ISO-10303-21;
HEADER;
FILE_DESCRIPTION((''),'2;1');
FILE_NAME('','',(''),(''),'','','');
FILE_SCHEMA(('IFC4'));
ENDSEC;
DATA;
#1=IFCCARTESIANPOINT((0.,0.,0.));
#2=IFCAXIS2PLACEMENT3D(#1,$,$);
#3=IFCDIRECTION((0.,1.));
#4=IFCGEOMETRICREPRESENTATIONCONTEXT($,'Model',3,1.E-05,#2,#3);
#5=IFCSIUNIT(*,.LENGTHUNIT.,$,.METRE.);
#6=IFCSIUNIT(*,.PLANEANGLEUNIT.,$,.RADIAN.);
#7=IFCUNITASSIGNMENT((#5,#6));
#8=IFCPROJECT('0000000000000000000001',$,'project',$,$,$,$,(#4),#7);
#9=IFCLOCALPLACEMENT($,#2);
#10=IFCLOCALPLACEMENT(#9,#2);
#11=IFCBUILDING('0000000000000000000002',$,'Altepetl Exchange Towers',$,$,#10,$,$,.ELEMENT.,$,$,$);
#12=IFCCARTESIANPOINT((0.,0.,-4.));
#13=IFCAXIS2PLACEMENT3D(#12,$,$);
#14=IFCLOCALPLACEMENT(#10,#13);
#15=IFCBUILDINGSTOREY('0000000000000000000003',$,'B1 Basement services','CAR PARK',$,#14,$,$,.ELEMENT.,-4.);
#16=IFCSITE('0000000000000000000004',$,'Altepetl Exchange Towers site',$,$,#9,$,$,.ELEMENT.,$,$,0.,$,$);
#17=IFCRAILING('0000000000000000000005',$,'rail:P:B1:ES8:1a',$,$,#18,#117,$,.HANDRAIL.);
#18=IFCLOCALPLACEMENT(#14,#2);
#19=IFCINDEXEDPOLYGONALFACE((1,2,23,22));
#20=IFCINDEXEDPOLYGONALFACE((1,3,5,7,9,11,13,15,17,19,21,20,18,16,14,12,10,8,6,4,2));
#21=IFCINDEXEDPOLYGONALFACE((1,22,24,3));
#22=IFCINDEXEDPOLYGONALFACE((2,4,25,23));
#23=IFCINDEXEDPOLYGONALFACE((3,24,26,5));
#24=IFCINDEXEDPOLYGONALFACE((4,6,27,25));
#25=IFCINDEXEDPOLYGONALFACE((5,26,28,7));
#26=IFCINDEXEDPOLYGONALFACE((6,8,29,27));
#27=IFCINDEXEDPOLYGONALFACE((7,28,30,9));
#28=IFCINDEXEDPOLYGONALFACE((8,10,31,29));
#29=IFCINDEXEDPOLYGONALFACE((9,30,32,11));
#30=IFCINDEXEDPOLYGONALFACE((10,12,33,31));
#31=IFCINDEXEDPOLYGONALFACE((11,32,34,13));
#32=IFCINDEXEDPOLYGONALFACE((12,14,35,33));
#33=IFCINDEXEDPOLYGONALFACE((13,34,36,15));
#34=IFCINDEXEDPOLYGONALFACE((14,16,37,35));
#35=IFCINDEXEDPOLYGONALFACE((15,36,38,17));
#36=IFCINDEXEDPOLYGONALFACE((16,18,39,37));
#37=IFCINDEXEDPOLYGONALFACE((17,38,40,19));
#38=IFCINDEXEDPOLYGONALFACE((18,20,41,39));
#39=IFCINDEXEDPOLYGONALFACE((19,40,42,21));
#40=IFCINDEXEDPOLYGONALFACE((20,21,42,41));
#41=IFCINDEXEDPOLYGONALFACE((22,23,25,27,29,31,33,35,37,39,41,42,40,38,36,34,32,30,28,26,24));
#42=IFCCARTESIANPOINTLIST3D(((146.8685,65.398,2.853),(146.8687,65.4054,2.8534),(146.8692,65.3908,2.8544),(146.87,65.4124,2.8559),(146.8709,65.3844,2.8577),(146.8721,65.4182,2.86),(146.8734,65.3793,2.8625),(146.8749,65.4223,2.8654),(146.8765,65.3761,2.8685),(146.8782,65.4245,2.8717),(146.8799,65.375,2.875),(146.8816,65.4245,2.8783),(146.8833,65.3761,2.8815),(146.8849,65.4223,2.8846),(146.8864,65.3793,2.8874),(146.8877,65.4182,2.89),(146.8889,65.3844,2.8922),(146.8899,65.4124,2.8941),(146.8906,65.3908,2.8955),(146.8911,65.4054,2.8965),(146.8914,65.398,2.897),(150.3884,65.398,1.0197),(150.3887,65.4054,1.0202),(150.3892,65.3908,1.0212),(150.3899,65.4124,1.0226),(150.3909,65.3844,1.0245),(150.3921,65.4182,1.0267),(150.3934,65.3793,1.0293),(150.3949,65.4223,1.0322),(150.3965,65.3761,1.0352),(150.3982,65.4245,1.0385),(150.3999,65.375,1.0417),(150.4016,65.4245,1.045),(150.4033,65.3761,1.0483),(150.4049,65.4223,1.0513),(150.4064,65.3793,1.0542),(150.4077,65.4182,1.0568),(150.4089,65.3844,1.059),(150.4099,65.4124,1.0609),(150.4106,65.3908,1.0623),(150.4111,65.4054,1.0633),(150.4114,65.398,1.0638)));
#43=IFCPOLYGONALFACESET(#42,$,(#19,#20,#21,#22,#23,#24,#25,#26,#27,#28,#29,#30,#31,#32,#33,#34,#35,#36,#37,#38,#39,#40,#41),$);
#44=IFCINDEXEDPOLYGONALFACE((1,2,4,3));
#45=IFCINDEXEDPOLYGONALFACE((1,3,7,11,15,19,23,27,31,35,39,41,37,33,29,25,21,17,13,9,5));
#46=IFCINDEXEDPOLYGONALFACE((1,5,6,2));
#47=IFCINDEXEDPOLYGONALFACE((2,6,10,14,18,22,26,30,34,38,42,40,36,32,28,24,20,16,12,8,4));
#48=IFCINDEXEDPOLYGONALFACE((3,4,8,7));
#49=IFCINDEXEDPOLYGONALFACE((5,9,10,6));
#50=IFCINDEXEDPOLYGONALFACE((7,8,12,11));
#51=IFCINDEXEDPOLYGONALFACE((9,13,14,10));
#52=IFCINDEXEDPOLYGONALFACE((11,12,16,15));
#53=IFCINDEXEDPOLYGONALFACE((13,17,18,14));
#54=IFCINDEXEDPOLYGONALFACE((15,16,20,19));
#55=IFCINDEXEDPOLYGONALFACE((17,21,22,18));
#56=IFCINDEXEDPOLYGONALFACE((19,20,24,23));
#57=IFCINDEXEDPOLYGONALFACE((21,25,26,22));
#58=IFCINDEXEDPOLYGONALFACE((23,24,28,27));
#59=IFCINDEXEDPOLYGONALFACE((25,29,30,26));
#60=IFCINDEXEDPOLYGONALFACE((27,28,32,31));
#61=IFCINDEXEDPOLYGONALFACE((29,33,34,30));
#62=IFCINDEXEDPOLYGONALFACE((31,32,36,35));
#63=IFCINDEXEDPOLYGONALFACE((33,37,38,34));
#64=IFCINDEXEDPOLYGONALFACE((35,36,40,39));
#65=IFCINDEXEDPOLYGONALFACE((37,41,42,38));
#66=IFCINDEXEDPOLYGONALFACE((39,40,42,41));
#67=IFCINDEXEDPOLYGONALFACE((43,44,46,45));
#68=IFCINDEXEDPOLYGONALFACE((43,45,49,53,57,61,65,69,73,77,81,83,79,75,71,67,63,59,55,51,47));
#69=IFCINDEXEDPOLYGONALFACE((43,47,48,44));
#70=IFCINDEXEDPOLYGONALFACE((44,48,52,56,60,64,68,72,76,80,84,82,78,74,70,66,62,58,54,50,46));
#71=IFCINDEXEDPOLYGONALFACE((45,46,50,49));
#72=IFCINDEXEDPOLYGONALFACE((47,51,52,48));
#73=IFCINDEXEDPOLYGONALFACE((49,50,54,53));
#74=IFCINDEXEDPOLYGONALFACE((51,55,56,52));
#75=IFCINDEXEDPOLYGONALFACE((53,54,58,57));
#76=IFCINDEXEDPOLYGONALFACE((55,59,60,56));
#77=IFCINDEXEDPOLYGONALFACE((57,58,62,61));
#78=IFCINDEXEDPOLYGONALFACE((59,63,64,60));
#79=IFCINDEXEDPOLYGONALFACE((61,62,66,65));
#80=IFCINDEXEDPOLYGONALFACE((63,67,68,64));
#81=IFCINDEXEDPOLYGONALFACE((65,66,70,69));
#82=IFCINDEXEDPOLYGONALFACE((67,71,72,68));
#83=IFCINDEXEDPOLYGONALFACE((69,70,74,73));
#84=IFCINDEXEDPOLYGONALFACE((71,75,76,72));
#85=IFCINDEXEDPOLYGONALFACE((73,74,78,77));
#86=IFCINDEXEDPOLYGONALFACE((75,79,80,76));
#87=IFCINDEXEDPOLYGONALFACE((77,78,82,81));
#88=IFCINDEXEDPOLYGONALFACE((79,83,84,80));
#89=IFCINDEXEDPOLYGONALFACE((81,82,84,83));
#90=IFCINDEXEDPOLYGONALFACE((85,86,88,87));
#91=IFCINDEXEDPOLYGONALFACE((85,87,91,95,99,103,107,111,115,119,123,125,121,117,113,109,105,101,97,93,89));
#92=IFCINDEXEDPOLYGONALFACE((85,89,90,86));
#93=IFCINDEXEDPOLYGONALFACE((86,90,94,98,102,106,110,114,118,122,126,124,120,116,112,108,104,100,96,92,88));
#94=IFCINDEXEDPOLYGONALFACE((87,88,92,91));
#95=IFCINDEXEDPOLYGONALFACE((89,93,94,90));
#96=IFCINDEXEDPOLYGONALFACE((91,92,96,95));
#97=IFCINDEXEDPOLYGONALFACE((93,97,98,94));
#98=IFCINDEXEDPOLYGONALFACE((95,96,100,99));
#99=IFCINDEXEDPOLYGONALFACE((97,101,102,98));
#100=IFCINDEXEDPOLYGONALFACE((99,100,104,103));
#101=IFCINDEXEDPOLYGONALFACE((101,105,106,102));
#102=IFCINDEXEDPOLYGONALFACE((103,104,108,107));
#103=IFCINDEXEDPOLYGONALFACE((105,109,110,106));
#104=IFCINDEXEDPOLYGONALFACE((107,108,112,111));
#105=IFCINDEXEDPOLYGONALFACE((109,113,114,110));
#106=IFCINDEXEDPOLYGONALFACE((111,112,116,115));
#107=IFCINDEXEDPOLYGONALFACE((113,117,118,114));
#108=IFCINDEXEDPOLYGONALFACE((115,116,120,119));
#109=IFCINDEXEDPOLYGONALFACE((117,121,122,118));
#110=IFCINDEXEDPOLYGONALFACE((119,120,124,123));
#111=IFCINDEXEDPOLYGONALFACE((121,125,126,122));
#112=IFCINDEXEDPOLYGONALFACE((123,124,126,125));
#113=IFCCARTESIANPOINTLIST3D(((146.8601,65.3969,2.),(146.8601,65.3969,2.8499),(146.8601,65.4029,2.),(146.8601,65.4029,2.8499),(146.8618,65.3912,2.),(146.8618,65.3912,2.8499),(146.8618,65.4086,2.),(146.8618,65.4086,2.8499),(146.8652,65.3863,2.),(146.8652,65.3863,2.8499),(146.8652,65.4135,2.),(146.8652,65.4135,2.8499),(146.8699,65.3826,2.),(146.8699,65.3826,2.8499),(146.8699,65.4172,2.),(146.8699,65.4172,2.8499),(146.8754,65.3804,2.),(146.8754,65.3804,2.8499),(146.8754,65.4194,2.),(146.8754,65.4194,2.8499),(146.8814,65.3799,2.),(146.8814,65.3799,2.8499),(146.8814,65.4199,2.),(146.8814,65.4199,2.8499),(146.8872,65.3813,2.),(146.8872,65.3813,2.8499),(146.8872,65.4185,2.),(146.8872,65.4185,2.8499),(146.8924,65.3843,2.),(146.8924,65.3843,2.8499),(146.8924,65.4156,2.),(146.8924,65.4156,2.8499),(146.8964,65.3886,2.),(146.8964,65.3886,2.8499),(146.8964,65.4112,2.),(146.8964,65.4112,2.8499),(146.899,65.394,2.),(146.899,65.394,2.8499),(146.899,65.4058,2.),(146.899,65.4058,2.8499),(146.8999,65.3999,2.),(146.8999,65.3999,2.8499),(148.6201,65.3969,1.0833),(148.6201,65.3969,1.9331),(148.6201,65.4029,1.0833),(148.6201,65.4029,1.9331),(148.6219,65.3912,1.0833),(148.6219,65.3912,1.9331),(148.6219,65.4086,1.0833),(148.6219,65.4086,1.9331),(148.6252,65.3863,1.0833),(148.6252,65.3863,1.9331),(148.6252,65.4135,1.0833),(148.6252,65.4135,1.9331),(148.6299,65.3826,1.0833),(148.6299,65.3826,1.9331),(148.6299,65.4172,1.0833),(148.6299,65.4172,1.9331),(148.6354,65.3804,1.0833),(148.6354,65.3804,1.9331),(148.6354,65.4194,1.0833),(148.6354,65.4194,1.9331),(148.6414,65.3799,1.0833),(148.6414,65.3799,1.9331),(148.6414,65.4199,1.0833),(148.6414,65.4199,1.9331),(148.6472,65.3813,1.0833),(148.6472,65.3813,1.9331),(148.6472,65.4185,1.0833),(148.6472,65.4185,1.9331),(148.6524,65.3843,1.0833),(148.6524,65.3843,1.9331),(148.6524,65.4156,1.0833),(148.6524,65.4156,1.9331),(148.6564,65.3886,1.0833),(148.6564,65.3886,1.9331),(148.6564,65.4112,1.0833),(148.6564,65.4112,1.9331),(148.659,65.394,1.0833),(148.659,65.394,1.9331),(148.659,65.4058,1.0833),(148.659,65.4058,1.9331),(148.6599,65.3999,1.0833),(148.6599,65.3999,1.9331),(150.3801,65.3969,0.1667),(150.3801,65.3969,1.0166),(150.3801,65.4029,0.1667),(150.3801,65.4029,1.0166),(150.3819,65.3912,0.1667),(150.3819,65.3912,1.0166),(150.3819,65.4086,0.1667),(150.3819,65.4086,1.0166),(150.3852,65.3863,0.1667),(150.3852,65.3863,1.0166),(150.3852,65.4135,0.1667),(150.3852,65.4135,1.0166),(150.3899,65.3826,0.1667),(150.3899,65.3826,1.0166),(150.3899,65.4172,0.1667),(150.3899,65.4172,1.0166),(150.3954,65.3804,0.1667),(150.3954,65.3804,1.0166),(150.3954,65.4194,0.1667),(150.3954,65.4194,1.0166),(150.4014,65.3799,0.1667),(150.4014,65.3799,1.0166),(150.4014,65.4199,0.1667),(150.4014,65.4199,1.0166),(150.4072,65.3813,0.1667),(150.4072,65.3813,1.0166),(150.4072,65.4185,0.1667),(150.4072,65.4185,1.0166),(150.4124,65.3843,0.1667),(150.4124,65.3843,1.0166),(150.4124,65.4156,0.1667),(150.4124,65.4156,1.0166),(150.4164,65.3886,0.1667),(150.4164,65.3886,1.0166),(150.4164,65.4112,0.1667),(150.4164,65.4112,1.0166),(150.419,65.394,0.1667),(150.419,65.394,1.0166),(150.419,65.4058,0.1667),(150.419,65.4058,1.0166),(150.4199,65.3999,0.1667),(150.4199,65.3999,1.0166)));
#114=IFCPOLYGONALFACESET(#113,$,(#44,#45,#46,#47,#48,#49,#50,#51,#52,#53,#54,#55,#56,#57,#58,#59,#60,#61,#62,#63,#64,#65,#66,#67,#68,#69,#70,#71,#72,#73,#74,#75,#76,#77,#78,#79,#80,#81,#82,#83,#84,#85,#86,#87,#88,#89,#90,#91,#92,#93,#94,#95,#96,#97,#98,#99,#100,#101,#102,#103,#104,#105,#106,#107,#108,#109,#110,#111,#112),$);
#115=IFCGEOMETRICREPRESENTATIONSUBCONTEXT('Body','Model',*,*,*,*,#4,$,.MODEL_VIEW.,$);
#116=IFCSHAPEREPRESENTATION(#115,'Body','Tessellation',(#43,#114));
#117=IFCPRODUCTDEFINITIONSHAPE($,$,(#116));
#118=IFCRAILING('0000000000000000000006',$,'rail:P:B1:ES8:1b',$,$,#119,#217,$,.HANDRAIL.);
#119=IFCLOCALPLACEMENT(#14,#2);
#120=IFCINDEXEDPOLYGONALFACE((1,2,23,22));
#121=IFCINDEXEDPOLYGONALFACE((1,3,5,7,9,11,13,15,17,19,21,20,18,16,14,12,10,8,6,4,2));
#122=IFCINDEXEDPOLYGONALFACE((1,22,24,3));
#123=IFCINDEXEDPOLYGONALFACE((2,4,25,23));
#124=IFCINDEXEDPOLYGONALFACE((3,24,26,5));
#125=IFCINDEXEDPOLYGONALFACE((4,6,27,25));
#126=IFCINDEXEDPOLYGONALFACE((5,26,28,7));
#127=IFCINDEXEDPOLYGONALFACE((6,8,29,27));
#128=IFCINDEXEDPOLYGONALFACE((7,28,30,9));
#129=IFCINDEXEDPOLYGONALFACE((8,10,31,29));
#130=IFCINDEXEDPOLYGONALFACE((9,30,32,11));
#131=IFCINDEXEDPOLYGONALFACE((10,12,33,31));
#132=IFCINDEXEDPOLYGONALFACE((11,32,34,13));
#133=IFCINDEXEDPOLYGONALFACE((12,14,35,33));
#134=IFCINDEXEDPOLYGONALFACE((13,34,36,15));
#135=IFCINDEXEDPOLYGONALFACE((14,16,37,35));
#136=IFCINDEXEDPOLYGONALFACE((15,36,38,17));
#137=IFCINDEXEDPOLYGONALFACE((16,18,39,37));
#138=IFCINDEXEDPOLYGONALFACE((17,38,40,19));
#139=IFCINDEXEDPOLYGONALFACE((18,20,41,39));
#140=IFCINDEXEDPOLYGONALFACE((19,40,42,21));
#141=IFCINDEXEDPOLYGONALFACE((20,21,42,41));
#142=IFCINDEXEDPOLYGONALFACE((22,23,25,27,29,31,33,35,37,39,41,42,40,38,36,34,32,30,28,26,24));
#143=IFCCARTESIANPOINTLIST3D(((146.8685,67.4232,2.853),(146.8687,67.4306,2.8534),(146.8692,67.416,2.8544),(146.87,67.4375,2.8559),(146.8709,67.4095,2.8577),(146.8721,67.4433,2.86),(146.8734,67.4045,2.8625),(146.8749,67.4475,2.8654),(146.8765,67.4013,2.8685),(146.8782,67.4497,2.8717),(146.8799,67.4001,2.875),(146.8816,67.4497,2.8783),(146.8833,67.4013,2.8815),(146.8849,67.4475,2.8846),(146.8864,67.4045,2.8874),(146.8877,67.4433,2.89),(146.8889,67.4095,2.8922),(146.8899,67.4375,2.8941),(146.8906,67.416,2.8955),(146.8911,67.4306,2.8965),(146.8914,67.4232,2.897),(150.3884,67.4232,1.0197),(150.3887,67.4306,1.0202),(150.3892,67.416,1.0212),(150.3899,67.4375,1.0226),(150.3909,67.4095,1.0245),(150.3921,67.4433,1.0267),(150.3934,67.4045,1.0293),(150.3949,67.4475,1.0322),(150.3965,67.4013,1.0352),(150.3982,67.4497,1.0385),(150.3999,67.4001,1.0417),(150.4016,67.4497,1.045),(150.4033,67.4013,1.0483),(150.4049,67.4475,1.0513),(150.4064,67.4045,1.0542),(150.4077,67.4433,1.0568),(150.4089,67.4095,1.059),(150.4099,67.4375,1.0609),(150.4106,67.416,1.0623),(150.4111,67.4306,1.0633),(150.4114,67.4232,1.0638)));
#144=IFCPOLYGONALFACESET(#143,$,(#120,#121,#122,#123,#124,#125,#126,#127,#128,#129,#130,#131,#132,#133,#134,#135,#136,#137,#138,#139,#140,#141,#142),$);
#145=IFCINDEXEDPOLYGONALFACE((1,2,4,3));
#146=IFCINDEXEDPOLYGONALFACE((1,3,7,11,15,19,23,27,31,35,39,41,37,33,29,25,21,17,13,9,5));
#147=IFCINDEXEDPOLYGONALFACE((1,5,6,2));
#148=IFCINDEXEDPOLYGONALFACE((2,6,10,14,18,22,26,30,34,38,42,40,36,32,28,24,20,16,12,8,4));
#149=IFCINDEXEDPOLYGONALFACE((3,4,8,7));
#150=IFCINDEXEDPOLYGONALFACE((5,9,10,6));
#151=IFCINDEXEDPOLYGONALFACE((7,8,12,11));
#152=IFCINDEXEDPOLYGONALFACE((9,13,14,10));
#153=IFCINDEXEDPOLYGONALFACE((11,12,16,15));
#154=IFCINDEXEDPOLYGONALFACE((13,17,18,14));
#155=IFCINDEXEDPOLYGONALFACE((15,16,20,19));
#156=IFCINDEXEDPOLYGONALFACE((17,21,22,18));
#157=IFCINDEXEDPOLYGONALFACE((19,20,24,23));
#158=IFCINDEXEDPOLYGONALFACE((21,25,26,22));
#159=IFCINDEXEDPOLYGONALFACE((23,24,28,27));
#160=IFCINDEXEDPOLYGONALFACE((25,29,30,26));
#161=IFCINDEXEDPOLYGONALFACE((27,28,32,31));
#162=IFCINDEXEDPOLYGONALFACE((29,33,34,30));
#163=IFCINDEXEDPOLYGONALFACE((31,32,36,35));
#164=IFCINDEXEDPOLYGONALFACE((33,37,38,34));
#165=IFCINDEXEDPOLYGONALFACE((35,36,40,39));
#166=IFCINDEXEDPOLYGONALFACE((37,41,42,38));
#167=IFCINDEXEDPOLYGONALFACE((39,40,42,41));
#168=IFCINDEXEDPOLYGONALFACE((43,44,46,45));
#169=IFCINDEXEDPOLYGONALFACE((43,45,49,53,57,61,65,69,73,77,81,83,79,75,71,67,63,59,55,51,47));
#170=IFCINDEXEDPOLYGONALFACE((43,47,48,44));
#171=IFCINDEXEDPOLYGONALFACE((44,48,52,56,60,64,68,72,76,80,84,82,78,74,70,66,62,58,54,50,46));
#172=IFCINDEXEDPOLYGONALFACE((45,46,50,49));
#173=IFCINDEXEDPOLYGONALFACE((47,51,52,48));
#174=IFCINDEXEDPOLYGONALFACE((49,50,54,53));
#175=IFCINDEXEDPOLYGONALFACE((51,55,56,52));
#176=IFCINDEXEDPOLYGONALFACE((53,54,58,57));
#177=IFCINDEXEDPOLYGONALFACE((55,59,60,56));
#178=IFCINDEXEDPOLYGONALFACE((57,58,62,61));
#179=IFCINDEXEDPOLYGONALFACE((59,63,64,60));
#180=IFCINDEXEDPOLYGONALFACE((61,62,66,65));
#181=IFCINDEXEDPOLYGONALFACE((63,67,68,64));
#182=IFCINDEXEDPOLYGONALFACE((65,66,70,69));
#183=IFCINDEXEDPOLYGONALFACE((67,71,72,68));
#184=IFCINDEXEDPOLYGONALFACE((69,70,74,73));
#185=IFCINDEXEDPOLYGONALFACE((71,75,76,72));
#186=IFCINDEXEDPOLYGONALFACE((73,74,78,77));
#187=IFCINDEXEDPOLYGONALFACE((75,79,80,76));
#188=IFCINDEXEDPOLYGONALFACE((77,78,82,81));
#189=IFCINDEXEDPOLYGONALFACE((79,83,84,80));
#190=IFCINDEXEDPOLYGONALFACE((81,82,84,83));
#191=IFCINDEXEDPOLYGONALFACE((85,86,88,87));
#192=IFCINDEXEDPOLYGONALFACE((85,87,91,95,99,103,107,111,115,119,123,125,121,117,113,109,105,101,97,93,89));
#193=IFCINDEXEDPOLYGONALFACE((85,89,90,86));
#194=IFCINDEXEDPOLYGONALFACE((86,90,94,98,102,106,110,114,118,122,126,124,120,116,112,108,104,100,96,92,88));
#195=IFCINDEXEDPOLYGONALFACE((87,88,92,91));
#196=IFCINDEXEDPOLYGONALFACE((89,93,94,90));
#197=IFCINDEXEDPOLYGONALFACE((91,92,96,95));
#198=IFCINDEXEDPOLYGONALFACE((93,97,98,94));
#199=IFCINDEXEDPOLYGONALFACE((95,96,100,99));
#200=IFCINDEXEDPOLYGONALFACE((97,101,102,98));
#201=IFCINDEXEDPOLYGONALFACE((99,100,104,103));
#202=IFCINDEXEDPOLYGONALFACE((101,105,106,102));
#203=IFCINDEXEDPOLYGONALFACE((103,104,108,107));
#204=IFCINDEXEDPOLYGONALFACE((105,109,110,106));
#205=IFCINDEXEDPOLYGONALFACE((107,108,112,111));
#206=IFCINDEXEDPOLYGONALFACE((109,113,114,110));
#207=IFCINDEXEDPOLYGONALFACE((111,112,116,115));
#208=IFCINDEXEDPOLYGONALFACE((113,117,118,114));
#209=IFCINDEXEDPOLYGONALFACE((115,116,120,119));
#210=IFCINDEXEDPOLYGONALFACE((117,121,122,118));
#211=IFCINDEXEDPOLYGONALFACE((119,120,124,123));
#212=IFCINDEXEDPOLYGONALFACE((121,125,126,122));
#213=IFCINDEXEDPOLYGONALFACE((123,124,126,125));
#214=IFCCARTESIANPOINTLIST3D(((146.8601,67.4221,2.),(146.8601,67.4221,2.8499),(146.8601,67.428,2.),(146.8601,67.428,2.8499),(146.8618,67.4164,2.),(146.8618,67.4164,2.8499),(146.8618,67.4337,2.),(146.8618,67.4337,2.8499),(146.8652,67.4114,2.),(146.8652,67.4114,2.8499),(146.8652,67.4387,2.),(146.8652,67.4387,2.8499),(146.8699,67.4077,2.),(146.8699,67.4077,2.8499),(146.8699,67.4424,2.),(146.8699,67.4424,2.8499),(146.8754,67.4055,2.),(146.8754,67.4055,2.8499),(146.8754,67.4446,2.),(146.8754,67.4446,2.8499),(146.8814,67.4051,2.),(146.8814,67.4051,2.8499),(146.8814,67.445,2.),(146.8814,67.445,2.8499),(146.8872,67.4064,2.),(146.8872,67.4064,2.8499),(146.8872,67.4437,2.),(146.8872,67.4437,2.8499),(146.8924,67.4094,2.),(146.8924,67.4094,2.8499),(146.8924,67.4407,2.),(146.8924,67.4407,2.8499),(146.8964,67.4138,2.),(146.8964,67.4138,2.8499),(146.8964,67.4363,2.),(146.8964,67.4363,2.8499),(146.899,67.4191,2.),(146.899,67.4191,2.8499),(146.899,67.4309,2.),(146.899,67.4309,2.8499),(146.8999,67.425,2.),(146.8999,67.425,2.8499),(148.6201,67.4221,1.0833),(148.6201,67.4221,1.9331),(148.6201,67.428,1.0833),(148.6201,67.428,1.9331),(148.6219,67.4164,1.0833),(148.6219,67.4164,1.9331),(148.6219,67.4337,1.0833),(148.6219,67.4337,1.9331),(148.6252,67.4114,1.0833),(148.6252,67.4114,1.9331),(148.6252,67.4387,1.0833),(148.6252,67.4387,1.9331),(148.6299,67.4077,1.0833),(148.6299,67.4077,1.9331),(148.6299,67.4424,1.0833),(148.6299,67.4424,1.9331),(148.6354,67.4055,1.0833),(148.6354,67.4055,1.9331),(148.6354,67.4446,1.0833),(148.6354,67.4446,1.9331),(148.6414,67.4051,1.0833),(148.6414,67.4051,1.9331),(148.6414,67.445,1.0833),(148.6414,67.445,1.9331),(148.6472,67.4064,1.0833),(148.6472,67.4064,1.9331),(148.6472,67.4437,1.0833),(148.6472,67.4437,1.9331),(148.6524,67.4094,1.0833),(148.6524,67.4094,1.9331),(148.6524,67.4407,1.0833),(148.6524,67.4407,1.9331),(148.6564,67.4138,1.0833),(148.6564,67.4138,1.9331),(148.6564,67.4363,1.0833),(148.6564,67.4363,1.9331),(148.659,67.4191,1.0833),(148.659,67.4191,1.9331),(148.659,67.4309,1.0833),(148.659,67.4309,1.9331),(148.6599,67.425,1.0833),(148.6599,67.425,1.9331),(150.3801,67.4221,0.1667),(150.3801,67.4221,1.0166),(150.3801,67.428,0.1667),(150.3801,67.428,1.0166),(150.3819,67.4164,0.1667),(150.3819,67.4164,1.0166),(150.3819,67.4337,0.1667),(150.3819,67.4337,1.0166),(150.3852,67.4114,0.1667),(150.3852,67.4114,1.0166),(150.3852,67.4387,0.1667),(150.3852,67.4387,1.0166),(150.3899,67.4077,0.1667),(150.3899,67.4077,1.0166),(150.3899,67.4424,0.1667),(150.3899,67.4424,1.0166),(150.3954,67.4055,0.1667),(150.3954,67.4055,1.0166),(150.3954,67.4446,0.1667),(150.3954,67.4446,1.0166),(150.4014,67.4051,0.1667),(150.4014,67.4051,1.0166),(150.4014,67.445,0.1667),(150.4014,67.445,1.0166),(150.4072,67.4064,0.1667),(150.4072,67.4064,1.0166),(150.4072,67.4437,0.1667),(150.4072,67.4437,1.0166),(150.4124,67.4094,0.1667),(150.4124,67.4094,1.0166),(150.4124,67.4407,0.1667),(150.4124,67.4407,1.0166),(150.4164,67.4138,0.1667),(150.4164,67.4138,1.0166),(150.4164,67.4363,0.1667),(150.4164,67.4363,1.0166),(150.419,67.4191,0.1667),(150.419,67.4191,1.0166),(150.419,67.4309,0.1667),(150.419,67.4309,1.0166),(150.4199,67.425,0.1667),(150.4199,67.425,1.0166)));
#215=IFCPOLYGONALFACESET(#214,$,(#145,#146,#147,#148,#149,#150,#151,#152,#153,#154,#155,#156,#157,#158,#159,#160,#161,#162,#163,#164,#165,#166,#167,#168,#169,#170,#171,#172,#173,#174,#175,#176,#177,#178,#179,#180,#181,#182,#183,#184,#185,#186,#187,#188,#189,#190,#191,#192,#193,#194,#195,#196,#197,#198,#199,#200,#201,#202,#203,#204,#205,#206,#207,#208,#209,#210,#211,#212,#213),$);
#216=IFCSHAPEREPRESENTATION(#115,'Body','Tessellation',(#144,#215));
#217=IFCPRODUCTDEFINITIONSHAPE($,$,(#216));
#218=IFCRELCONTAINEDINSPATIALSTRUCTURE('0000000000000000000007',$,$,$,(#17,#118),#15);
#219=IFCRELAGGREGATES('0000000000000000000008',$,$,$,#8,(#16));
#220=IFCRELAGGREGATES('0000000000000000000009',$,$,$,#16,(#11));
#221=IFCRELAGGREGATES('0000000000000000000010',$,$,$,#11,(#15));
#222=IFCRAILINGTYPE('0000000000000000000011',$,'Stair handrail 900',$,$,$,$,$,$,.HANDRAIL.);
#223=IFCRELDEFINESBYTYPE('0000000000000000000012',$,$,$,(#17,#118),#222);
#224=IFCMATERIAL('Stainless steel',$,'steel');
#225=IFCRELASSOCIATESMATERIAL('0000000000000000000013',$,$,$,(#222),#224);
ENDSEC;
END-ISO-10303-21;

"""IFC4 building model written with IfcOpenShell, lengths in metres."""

from ifc_helpers import new_model, si_unit, direction, frame, origin, origin_2d, place, context, subcontext, project, spatial, circle, extrude, source, transform, mapped, material, type_object, element, save


model = new_model("IFC4")

# Units and contexts
model_context = context("Model", 3, precision=1e-05, world=origin(), true_north=direction((0.0, 1.0)))
body_context = subcontext(model_context, "Body", "Model", "MODEL_VIEW")
ifc_project = project(units=[si_unit("LENGTHUNIT", "METRE"), si_unit("PLANEANGLEUNIT", "RADIAN")], contexts=[model_context])

# Site, building, storey
site_placement = place(None, origin())
site = spatial("IfcSite", under=ifc_project, at=site_placement, Name="Altepetl Exchange Towers site", CompositionType="ELEMENT", RefElevation=0.0)
building_placement = place(site_placement, origin())
building = spatial("IfcBuilding", under=site, at=building_placement, Name="Altepetl Exchange Towers", CompositionType="ELEMENT")
storey_placement = place(building_placement, frame((0.0, 0.0, -4.0)))
storey = spatial("IfcBuildingStorey", under=building, at=storey_placement, Name="B1 Basement services", Description="CAR PARK", CompositionType="ELEMENT", Elevation=-4.0)

# Railings
ifc_material_1 = material(Name="Stainless steel", Category="steel")
railing_type_1 = type_object("IfcRailingType", Name="Stair handrail 900", PredefinedType="HANDRAIL", material=ifc_material_1)
shared_shape_1 = source(origin(), body_context, "Body", "SweptSolid", [
    extrude(circle(Radius=0.02, at=origin_2d()), origin(), (0.0, 0.0, 1.0), 0.8499),
])
for number, where, name in (
    (1, (150.3999, 65.3999, 0.1667), "rail:P:B1:ES8:1a"),
    (2, (150.3999, 67.425, 0.1667), "rail:P:B1:ES8:1b"),
):
    element("IfcRailing", number, at=place(storey_placement, frame(where)), inside=storey, type_object=railing_type_1, Name=name, PredefinedType="HANDRAIL", context=body_context, shape_type="SweptSolid", body=[
        extrude(circle(Radius=0.0249, at=origin_2d()), frame((0.0, 0.0, 0.875), z_axis=(-0.886924, 0.0, 0.461916), x_axis=(0.0, -1.0, 0.0)), (0.0, 0.0, 1.0), 3.9688),
        mapped(shared_shape_1, transform((0.0, 0.0, 0.0))),
        mapped(shared_shape_1, transform((-1.76, 0.0, 0.9165))),
        mapped(shared_shape_1, transform((-3.52, 0.0, 1.8333))),
    ])

save(model, "model.ifc")
